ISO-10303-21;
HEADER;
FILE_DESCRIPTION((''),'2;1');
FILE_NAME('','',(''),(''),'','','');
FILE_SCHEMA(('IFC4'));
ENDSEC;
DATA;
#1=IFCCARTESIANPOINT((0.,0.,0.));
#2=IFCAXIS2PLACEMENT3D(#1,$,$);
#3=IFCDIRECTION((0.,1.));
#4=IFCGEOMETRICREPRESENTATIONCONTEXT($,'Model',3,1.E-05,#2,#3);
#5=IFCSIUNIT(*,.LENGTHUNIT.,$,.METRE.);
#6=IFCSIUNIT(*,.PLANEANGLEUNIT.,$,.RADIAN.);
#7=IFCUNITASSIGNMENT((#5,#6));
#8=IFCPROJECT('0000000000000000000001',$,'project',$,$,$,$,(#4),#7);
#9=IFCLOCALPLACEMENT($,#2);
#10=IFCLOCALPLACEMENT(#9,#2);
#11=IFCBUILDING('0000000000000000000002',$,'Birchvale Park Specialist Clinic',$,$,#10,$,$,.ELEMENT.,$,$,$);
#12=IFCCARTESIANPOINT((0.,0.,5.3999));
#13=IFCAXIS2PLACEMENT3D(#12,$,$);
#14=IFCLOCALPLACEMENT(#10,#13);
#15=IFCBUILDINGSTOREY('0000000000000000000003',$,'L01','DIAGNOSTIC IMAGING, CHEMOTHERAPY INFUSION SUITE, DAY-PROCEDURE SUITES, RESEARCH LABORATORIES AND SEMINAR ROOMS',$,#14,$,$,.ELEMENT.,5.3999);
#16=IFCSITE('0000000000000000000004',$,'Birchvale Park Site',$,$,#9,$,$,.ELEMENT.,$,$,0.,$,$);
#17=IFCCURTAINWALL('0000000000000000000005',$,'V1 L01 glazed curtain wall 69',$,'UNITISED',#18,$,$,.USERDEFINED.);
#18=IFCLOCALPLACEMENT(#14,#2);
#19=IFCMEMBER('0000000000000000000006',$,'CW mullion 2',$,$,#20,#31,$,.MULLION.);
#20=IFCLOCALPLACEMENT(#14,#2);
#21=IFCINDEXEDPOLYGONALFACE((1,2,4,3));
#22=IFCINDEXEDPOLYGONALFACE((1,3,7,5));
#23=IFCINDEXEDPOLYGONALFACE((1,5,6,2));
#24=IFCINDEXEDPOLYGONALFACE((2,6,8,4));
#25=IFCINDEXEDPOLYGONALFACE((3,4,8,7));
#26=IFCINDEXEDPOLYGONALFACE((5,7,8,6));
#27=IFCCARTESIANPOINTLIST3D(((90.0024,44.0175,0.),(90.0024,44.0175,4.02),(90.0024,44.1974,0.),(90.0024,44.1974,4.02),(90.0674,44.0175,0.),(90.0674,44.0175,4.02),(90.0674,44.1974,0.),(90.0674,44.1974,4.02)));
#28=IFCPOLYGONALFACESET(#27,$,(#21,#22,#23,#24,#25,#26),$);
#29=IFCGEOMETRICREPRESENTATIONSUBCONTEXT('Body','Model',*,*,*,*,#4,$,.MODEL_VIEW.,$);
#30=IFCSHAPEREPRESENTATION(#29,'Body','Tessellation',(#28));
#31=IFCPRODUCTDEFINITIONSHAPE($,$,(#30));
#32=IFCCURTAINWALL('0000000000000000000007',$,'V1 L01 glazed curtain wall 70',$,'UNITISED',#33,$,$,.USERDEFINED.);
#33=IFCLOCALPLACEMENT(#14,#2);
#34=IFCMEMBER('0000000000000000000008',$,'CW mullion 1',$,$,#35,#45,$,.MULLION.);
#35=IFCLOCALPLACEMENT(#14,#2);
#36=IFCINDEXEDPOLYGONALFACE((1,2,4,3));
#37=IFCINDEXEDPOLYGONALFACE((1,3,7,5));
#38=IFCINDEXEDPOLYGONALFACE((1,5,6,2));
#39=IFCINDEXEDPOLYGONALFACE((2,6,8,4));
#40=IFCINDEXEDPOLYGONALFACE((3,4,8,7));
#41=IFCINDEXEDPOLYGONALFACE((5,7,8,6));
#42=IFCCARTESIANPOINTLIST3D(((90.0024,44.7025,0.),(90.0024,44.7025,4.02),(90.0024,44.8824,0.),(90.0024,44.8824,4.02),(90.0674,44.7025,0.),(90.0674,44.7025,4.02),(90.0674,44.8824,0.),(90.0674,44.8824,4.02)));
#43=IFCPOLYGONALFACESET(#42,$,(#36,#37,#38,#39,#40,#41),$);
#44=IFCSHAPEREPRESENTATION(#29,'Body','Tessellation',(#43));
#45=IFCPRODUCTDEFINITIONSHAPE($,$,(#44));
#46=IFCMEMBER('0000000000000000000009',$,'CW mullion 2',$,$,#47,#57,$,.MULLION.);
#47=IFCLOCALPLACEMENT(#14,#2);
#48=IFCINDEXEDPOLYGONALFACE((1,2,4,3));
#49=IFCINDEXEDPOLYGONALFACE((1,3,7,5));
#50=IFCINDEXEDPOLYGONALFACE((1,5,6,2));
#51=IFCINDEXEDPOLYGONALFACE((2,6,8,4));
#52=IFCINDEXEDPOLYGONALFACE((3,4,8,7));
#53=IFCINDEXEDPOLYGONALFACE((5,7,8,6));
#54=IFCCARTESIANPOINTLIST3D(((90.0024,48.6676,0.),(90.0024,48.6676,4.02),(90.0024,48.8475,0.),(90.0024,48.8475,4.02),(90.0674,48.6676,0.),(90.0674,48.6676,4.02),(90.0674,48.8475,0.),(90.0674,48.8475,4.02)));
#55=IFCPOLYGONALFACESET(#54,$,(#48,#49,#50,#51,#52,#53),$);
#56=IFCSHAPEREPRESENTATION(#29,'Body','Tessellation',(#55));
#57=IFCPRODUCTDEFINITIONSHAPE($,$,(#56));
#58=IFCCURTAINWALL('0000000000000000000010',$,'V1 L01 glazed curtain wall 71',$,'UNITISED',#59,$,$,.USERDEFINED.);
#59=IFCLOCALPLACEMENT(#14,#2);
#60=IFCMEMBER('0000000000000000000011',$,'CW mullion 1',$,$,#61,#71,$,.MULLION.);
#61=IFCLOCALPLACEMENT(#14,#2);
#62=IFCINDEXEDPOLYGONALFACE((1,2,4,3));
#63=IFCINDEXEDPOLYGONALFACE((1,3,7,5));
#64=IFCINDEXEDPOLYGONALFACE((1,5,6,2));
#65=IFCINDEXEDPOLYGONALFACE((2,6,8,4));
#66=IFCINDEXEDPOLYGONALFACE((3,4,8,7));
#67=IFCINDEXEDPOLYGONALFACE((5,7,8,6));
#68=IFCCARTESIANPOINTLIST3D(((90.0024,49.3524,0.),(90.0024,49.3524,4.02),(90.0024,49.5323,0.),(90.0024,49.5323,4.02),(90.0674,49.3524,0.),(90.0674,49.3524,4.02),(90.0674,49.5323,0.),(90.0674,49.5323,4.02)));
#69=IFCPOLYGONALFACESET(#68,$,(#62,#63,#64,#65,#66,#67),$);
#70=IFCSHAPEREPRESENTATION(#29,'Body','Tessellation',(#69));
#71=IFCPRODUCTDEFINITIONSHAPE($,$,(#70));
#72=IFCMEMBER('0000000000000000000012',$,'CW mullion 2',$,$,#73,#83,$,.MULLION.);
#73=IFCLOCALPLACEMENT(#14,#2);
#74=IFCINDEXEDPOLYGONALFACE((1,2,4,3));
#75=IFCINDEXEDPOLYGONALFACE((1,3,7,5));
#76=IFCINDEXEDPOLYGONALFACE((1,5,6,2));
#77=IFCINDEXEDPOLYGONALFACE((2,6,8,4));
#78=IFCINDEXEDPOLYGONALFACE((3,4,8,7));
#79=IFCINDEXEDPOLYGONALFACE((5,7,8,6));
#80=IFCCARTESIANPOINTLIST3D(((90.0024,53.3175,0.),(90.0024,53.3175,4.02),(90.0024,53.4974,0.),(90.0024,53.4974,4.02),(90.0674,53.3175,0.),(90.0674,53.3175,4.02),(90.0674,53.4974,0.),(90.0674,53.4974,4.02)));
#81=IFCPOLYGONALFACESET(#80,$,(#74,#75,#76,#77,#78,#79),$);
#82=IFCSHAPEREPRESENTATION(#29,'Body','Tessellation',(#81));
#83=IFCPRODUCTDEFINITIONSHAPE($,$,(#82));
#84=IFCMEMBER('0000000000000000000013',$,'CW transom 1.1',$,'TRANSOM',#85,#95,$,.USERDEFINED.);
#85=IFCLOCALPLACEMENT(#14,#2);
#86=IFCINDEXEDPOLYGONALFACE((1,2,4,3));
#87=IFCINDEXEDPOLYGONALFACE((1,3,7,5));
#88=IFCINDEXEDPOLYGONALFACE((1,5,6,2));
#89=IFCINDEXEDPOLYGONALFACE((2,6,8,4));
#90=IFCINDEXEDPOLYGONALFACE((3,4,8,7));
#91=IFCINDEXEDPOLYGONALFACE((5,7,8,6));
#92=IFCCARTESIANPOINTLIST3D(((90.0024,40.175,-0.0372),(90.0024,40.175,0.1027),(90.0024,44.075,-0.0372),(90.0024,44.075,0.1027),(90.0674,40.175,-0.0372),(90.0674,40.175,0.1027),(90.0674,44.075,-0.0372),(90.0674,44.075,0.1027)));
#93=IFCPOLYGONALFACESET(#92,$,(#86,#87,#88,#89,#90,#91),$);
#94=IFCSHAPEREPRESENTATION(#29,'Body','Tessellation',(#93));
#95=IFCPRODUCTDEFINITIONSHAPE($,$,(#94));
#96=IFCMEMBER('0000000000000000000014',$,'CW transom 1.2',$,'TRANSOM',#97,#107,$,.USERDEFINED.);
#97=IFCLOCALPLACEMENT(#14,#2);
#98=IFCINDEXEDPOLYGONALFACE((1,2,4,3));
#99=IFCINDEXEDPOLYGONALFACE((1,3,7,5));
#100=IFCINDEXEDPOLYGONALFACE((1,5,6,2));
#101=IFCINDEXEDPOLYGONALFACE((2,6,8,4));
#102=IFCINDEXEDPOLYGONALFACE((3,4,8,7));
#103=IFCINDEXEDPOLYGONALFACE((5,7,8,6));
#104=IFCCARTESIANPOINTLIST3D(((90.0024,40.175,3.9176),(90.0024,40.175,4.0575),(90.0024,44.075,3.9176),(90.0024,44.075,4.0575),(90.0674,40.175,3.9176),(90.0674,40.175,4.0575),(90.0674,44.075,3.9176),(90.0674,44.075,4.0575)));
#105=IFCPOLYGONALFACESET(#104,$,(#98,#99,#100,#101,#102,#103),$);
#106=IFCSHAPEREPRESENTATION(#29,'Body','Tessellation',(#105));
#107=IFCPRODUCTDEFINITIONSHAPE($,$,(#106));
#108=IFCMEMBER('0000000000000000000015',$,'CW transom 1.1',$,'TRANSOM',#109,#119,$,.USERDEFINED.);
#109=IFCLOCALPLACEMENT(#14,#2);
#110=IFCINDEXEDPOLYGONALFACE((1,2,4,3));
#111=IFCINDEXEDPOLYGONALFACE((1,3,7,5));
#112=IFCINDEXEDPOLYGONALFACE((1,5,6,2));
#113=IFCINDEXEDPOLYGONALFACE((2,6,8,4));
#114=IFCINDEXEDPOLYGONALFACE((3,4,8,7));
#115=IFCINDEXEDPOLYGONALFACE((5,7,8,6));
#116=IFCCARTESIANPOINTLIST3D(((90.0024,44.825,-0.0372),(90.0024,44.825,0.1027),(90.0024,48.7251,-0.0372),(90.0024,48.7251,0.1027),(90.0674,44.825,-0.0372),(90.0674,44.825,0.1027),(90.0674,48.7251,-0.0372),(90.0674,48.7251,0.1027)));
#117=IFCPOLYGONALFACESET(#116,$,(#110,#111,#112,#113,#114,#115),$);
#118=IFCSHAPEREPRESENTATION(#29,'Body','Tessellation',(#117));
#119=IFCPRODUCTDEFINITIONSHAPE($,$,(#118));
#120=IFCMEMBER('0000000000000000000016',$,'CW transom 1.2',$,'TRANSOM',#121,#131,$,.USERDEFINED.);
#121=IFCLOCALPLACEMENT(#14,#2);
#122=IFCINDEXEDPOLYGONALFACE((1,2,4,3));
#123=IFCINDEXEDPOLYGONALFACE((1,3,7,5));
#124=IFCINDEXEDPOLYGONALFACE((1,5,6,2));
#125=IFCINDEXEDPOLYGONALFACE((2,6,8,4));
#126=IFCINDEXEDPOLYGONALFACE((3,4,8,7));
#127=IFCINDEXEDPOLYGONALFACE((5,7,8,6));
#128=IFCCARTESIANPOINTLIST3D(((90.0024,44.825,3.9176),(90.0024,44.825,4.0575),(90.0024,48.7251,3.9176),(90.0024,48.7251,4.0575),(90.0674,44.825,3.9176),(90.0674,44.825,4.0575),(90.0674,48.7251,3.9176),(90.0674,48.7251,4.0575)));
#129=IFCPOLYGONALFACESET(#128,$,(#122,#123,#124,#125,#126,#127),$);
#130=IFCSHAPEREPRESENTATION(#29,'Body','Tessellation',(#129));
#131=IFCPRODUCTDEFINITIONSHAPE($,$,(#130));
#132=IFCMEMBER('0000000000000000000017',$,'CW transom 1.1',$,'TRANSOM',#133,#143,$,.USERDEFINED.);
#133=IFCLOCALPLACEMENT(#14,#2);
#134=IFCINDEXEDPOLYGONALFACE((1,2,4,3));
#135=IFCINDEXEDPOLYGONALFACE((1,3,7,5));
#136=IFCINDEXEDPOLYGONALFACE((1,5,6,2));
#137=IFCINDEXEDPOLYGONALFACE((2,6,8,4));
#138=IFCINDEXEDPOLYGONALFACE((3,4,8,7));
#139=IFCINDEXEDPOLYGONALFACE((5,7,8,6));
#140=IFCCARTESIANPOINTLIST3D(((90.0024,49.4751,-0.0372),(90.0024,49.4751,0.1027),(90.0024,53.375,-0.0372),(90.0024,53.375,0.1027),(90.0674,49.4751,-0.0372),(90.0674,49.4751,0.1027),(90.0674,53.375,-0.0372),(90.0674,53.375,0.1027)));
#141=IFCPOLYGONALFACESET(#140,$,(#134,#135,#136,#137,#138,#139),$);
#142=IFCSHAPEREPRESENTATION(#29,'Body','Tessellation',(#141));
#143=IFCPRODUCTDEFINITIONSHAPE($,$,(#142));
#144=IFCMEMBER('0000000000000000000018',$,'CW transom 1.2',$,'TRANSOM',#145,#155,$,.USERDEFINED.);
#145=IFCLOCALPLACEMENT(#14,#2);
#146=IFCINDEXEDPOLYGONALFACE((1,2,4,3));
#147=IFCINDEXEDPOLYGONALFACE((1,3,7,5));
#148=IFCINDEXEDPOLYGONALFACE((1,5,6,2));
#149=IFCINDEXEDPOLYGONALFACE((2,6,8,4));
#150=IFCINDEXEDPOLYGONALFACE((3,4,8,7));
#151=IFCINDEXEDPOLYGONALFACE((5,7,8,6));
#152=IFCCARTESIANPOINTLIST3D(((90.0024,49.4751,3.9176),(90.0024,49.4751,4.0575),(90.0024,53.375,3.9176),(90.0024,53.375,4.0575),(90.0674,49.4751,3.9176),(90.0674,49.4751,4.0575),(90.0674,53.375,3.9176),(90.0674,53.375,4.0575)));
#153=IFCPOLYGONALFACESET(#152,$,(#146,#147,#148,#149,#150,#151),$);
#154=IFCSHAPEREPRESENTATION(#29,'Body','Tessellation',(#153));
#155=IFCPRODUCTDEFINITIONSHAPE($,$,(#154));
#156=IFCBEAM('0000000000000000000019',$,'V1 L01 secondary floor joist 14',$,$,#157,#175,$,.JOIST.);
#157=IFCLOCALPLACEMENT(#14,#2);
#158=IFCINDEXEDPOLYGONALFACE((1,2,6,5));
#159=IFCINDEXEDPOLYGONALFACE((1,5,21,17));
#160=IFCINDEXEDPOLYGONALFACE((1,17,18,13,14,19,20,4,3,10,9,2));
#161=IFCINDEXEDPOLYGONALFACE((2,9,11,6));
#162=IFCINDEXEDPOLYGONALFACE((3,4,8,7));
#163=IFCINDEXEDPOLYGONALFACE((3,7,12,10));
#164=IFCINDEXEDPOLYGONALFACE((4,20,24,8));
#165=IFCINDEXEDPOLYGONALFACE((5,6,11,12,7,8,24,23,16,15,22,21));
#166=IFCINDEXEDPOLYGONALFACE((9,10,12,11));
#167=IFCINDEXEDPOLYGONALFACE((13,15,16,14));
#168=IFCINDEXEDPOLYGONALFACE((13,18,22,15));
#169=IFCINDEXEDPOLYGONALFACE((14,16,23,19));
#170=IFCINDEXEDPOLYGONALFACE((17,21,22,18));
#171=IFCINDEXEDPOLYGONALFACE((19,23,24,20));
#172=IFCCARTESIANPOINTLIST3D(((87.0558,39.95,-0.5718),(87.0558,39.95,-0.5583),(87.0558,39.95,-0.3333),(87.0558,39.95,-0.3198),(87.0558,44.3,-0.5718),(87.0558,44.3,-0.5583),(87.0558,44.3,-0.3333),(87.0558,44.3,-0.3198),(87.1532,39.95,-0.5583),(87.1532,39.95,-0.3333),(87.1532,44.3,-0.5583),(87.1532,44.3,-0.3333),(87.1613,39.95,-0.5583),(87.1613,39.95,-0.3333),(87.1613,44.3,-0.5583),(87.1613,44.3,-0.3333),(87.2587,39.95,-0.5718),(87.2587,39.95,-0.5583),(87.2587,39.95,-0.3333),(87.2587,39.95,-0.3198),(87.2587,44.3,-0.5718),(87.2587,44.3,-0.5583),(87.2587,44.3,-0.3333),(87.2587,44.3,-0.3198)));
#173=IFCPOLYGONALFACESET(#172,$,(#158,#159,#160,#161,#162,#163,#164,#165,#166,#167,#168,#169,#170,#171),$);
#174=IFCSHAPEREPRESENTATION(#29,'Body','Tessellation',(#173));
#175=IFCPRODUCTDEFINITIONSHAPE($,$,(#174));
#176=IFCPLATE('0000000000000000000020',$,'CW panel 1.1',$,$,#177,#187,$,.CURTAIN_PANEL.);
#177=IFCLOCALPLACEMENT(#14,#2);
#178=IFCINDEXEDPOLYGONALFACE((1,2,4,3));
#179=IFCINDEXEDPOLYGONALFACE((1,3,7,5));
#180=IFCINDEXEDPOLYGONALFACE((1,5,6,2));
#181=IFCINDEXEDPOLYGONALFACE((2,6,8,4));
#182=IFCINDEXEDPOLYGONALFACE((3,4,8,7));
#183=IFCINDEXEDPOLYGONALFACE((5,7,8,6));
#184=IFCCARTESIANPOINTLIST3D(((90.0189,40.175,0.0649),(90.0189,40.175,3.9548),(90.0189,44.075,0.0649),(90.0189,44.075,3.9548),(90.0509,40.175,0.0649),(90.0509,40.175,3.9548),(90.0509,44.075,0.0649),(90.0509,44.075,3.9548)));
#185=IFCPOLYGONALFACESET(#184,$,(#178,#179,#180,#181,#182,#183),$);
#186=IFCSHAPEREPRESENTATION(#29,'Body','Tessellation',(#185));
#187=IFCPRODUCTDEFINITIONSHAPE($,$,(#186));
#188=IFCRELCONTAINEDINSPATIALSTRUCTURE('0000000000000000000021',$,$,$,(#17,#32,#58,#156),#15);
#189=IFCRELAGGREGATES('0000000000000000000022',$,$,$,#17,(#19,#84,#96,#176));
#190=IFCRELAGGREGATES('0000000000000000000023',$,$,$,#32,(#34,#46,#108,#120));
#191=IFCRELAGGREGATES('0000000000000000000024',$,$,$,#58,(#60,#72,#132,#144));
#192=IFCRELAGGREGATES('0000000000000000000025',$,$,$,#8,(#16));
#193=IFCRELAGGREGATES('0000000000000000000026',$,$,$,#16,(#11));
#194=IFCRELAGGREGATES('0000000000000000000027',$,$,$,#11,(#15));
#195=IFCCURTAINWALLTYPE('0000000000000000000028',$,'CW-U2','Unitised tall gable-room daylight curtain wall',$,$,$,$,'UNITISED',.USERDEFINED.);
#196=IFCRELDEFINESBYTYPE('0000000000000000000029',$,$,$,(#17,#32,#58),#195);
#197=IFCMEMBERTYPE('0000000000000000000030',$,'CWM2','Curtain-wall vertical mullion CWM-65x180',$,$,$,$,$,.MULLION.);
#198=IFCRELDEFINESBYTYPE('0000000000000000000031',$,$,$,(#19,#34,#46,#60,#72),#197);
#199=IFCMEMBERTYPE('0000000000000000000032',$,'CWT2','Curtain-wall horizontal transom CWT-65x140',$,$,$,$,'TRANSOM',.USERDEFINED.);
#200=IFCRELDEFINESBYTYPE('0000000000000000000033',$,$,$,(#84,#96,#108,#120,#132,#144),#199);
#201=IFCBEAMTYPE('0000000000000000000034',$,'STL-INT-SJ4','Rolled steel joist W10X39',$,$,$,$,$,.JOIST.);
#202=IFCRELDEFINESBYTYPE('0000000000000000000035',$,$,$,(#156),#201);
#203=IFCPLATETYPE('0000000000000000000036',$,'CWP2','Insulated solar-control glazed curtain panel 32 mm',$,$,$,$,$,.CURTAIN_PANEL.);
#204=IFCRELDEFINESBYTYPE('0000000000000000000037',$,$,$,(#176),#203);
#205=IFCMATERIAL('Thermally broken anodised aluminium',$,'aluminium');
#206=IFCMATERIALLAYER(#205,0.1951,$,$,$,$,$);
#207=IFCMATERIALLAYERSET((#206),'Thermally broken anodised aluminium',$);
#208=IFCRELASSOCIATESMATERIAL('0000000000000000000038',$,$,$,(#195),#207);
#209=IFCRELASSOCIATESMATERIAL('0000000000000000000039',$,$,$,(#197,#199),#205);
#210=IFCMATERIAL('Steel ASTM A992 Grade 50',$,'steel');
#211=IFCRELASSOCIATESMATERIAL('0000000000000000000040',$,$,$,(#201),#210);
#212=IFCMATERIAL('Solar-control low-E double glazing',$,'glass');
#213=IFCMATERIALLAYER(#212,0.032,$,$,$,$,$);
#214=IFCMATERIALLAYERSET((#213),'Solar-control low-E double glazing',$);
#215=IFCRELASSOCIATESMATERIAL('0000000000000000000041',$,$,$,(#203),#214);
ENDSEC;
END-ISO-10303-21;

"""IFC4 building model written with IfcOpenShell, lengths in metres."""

from ifc_helpers import new_model, si_unit, direction, frame, origin, origin_2d, place, context, subcontext, project, spatial, rectangle, i_section, extrude, material, layer, layer_set, material_profile, profile_set, type_object, element, aggregate, save


model = new_model("IFC4")

# Units and contexts
model_context = context("Model", 3, precision=1e-05, world=origin(), true_north=direction((0.0, 1.0)))
body_context = subcontext(model_context, "Body", "Model", "MODEL_VIEW")
ifc_project = project(units=[si_unit("LENGTHUNIT", "METRE"), si_unit("PLANEANGLEUNIT", "RADIAN")], contexts=[model_context])

# Site, building, storey
site_placement = place(None, origin())
site = spatial("IfcSite", under=ifc_project, at=site_placement, Name="Birchvale Park Site", CompositionType="ELEMENT", RefElevation=0.0)
building_placement = place(site_placement, origin())
building = spatial("IfcBuilding", under=site, at=building_placement, Name="Birchvale Park Specialist Clinic", CompositionType="ELEMENT")
storey_placement = place(building_placement, frame((0.0, 0.0, 5.3999)))
storey = spatial("IfcBuildingStorey", under=building, at=storey_placement, Name="L01", Description="DIAGNOSTIC IMAGING, CHEMOTHERAPY INFUSION SUITE, DAY-PROCEDURE SUITES, RESEARCH LABORATORIES AND SEMINAR ROOMS", CompositionType="ELEMENT", Elevation=5.3999)

# Curtain walls, members
ifc_material_1 = material(Name="Thermally broken anodised aluminium", Category="aluminium")
ifc_layer_1 = layer(ifc_material_1, 0.1951)
ifc_layer_set_1 = layer_set([ifc_layer_1], Name="Thermally broken anodised aluminium")
curtain_wall_type = type_object("IfcCurtainWallType", Name="CW-U2", Description="Unitised tall gable-room daylight curtain wall", ElementType="UNITISED", PredefinedType="USERDEFINED", material=ifc_layer_set_1)
curtain_wall_1_placement = place(storey_placement, origin())
curtain_wall_1 = element("IfcCurtainWall", 1, at=curtain_wall_1_placement, inside=storey, type_object=curtain_wall_type, Name="V1 L01 glazed curtain wall 69", ObjectType="UNITISED", PredefinedType="USERDEFINED")
ifc_material_profile_1 = material_profile(ifc_material_1, rectangle(XDim=0.0649, YDim=0.1799, at=origin_2d()), Name="CWM-65x180")
ifc_profile_set_1 = profile_set([ifc_material_profile_1], Name="Thermally broken anodised aluminium")
member_type_1 = type_object("IfcMemberType", Name="CWM2", Description="Curtain-wall vertical mullion CWM-65x180", PredefinedType="MULLION", material=ifc_profile_set_1)
member_1_placement = place(storey_placement, frame((90.0349, 44.1074, 0.0), z_axis=(0.0, 0.0, 1.0), x_axis=(-1.0, 0.0, 0.0)))
member_1 = element("IfcMember", 2, at=member_1_placement, type_object=member_type_1, Name="CW mullion 2", PredefinedType="MULLION", context=body_context, shape_type="SweptSolid", body=[
    extrude(rectangle(XDim=0.0649, YDim=0.1799, at=origin_2d()), origin(), (0.0, 0.0, 1.0), 4.02),
])
curtain_wall_2_placement = place(storey_placement, origin())
curtain_wall_2 = element("IfcCurtainWall", 3, at=curtain_wall_2_placement, inside=storey, type_object=curtain_wall_type, Name="V1 L01 glazed curtain wall 70", ObjectType="UNITISED", PredefinedType="USERDEFINED")
member_2_placement = place(storey_placement, frame((90.0349, 44.7925, 0.0), z_axis=(0.0, 0.0, 1.0), x_axis=(-1.0, 0.0, 0.0)))
member_2 = element("IfcMember", 4, at=member_2_placement, type_object=member_type_1, Name="CW mullion 1", PredefinedType="MULLION", context=body_context, shape_type="SweptSolid", body=[
    extrude(rectangle(XDim=0.0649, YDim=0.1799, at=origin_2d()), origin(), (0.0, 0.0, 1.0), 4.02),
])
member_3_placement = place(storey_placement, frame((90.0349, 48.7576, 0.0), z_axis=(0.0, 0.0, 1.0), x_axis=(-1.0, 0.0, 0.0)))
member_3 = element("IfcMember", 5, at=member_3_placement, type_object=member_type_1, Name="CW mullion 2", PredefinedType="MULLION", context=body_context, shape_type="SweptSolid", body=[
    extrude(rectangle(XDim=0.0649, YDim=0.1799, at=origin_2d()), origin(), (0.0, 0.0, 1.0), 4.02),
])
curtain_wall_3_placement = place(storey_placement, origin())
curtain_wall_3 = element("IfcCurtainWall", 6, at=curtain_wall_3_placement, inside=storey, type_object=curtain_wall_type, Name="V1 L01 glazed curtain wall 71", ObjectType="UNITISED", PredefinedType="USERDEFINED")
member_4_placement = place(storey_placement, frame((90.0349, 49.4424, 0.0), z_axis=(0.0, 0.0, 1.0), x_axis=(-1.0, 0.0, 0.0)))
member_4 = element("IfcMember", 7, at=member_4_placement, type_object=member_type_1, Name="CW mullion 1", PredefinedType="MULLION", context=body_context, shape_type="SweptSolid", body=[
    extrude(rectangle(XDim=0.0649, YDim=0.1799, at=origin_2d()), origin(), (0.0, 0.0, 1.0), 4.02),
])
member_5_placement = place(storey_placement, frame((90.0349, 53.4075, 0.0), z_axis=(0.0, 0.0, 1.0), x_axis=(-1.0, 0.0, 0.0)))
member_5 = element("IfcMember", 8, at=member_5_placement, type_object=member_type_1, Name="CW mullion 2", PredefinedType="MULLION", context=body_context, shape_type="SweptSolid", body=[
    extrude(rectangle(XDim=0.0649, YDim=0.1799, at=origin_2d()), origin(), (0.0, 0.0, 1.0), 4.02),
])

# Members
ifc_material_profile_2 = material_profile(ifc_material_1, rectangle(XDim=0.0649, YDim=0.1399, at=origin_2d()), Name="CWT-65x140")
ifc_profile_set_2 = profile_set([ifc_material_profile_2], Name="Thermally broken anodised aluminium")
member_type_2 = type_object("IfcMemberType", Name="CWT2", Description="Curtain-wall horizontal transom CWT-65x140", ElementType="TRANSOM", PredefinedType="USERDEFINED", material=ifc_profile_set_2)
member_6_placement = place(storey_placement, frame((90.0349, 40.175, 0.0327), z_axis=(0.0, 1.0, 0.0), x_axis=(-1.0, 0.0, 0.0)))
member_6 = element("IfcMember", 9, at=member_6_placement, type_object=member_type_2, Name="CW transom 1.1", ObjectType="TRANSOM", PredefinedType="USERDEFINED", context=body_context, shape_type="SweptSolid", body=[
    extrude(rectangle(XDim=0.0649, YDim=0.1399, at=origin_2d()), origin(), (0.0, 0.0, 1.0), 3.8999),
])
member_7_placement = place(storey_placement, frame((90.0349, 40.175, 3.9875), z_axis=(0.0, 1.0, 0.0), x_axis=(-1.0, 0.0, 0.0)))
member_7 = element("IfcMember", 10, at=member_7_placement, type_object=member_type_2, Name="CW transom 1.2", ObjectType="TRANSOM", PredefinedType="USERDEFINED", context=body_context, shape_type="SweptSolid", body=[
    extrude(rectangle(XDim=0.0649, YDim=0.1399, at=origin_2d()), origin(), (0.0, 0.0, 1.0), 3.8999),
])
member_8_placement = place(storey_placement, frame((90.0349, 44.825, 0.0327), z_axis=(0.0, 1.0, 0.0), x_axis=(-1.0, 0.0, 0.0)))
member_8 = element("IfcMember", 11, at=member_8_placement, type_object=member_type_2, Name="CW transom 1.1", ObjectType="TRANSOM", PredefinedType="USERDEFINED", context=body_context, shape_type="SweptSolid", body=[
    extrude(rectangle(XDim=0.0649, YDim=0.1399, at=origin_2d()), origin(), (0.0, 0.0, 1.0), 3.9001),
])
member_9_placement = place(storey_placement, frame((90.0349, 44.825, 3.9875), z_axis=(0.0, 1.0, 0.0), x_axis=(-1.0, 0.0, 0.0)))
member_9 = element("IfcMember", 12, at=member_9_placement, type_object=member_type_2, Name="CW transom 1.2", ObjectType="TRANSOM", PredefinedType="USERDEFINED", context=body_context, shape_type="SweptSolid", body=[
    extrude(rectangle(XDim=0.0649, YDim=0.1399, at=origin_2d()), origin(), (0.0, 0.0, 1.0), 3.9001),
])
member_10_placement = place(storey_placement, frame((90.0349, 49.4751, 0.0327), z_axis=(0.0, 1.0, 0.0), x_axis=(-1.0, 0.0, 0.0)))
member_10 = element("IfcMember", 13, at=member_10_placement, type_object=member_type_2, Name="CW transom 1.1", ObjectType="TRANSOM", PredefinedType="USERDEFINED", context=body_context, shape_type="SweptSolid", body=[
    extrude(rectangle(XDim=0.0649, YDim=0.1399, at=origin_2d()), origin(), (0.0, 0.0, 1.0), 3.8999),
])
member_11_placement = place(storey_placement, frame((90.0349, 49.4751, 3.9875), z_axis=(0.0, 1.0, 0.0), x_axis=(-1.0, 0.0, 0.0)))
member_11 = element("IfcMember", 14, at=member_11_placement, type_object=member_type_2, Name="CW transom 1.2", ObjectType="TRANSOM", PredefinedType="USERDEFINED", context=body_context, shape_type="SweptSolid", body=[
    extrude(rectangle(XDim=0.0649, YDim=0.1399, at=origin_2d()), origin(), (0.0, 0.0, 1.0), 3.8999),
])

# Beam
ifc_material_2 = material(Name="Steel ASTM A992 Grade 50", Category="steel")
ifc_material_profile_3 = material_profile(ifc_material_2, i_section(OverallWidth=0.2029, OverallDepth=0.252, WebThickness=0.0081, FlangeThickness=0.0134, at=origin_2d()), Name="W10X39")
ifc_profile_set_3 = profile_set([ifc_material_profile_3], Name="Steel ASTM A992 Grade 50")
beam_type_1 = type_object("IfcBeamType", Name="STL-INT-SJ4", Description="Rolled steel joist W10X39", PredefinedType="JOIST", material=ifc_profile_set_3)
beam_1_placement = place(storey_placement, frame((87.1572, 39.95, -0.4458), z_axis=(0.0, 1.0, 0.0), x_axis=(-1.0, 0.0, 0.0)))
element("IfcBeam", 15, at=beam_1_placement, inside=storey, type_object=beam_type_1, Name="V1 L01 secondary floor joist 14", PredefinedType="JOIST", context=body_context, shape_type="SweptSolid", body=[
    extrude(i_section(OverallWidth=0.2029, OverallDepth=0.252, WebThickness=0.0081, FlangeThickness=0.0134, at=origin_2d()), origin(), (0.0, 0.0, 1.0), 4.3501),
])

# Plate
ifc_material_3 = material(Name="Solar-control low-E double glazing", Category="glass")
ifc_layer_2 = layer(ifc_material_3, 0.032)
ifc_layer_set_2 = layer_set([ifc_layer_2], Name="Solar-control low-E double glazing")
plate_type = type_object("IfcPlateType", Name="CWP2", Description="Insulated solar-control glazed curtain panel 32 mm", PredefinedType="CURTAIN_PANEL", material=ifc_layer_set_2)
plate_1_placement = place(storey_placement, frame((90.0349, 42.125, 0.0649), z_axis=(0.0, 0.0, 1.0), x_axis=(0.0, 1.0, 0.0)))
plate_1 = element("IfcPlate", 16, at=plate_1_placement, type_object=plate_type, Name="CW panel 1.1", PredefinedType="CURTAIN_PANEL", context=body_context, shape_type="SweptSolid", body=[
    extrude(rectangle(XDim=3.8999, YDim=0.032, at=origin_2d()), origin(), (0.0, 0.0, 1.0), 3.8899),
])
aggregate(curtain_wall_1, [member_1, member_6, member_7, plate_1])
aggregate(curtain_wall_2, [member_2, member_3, member_8, member_9])
aggregate(curtain_wall_3, [member_4, member_5, member_10, member_11])

save(model, "model.ifc")
